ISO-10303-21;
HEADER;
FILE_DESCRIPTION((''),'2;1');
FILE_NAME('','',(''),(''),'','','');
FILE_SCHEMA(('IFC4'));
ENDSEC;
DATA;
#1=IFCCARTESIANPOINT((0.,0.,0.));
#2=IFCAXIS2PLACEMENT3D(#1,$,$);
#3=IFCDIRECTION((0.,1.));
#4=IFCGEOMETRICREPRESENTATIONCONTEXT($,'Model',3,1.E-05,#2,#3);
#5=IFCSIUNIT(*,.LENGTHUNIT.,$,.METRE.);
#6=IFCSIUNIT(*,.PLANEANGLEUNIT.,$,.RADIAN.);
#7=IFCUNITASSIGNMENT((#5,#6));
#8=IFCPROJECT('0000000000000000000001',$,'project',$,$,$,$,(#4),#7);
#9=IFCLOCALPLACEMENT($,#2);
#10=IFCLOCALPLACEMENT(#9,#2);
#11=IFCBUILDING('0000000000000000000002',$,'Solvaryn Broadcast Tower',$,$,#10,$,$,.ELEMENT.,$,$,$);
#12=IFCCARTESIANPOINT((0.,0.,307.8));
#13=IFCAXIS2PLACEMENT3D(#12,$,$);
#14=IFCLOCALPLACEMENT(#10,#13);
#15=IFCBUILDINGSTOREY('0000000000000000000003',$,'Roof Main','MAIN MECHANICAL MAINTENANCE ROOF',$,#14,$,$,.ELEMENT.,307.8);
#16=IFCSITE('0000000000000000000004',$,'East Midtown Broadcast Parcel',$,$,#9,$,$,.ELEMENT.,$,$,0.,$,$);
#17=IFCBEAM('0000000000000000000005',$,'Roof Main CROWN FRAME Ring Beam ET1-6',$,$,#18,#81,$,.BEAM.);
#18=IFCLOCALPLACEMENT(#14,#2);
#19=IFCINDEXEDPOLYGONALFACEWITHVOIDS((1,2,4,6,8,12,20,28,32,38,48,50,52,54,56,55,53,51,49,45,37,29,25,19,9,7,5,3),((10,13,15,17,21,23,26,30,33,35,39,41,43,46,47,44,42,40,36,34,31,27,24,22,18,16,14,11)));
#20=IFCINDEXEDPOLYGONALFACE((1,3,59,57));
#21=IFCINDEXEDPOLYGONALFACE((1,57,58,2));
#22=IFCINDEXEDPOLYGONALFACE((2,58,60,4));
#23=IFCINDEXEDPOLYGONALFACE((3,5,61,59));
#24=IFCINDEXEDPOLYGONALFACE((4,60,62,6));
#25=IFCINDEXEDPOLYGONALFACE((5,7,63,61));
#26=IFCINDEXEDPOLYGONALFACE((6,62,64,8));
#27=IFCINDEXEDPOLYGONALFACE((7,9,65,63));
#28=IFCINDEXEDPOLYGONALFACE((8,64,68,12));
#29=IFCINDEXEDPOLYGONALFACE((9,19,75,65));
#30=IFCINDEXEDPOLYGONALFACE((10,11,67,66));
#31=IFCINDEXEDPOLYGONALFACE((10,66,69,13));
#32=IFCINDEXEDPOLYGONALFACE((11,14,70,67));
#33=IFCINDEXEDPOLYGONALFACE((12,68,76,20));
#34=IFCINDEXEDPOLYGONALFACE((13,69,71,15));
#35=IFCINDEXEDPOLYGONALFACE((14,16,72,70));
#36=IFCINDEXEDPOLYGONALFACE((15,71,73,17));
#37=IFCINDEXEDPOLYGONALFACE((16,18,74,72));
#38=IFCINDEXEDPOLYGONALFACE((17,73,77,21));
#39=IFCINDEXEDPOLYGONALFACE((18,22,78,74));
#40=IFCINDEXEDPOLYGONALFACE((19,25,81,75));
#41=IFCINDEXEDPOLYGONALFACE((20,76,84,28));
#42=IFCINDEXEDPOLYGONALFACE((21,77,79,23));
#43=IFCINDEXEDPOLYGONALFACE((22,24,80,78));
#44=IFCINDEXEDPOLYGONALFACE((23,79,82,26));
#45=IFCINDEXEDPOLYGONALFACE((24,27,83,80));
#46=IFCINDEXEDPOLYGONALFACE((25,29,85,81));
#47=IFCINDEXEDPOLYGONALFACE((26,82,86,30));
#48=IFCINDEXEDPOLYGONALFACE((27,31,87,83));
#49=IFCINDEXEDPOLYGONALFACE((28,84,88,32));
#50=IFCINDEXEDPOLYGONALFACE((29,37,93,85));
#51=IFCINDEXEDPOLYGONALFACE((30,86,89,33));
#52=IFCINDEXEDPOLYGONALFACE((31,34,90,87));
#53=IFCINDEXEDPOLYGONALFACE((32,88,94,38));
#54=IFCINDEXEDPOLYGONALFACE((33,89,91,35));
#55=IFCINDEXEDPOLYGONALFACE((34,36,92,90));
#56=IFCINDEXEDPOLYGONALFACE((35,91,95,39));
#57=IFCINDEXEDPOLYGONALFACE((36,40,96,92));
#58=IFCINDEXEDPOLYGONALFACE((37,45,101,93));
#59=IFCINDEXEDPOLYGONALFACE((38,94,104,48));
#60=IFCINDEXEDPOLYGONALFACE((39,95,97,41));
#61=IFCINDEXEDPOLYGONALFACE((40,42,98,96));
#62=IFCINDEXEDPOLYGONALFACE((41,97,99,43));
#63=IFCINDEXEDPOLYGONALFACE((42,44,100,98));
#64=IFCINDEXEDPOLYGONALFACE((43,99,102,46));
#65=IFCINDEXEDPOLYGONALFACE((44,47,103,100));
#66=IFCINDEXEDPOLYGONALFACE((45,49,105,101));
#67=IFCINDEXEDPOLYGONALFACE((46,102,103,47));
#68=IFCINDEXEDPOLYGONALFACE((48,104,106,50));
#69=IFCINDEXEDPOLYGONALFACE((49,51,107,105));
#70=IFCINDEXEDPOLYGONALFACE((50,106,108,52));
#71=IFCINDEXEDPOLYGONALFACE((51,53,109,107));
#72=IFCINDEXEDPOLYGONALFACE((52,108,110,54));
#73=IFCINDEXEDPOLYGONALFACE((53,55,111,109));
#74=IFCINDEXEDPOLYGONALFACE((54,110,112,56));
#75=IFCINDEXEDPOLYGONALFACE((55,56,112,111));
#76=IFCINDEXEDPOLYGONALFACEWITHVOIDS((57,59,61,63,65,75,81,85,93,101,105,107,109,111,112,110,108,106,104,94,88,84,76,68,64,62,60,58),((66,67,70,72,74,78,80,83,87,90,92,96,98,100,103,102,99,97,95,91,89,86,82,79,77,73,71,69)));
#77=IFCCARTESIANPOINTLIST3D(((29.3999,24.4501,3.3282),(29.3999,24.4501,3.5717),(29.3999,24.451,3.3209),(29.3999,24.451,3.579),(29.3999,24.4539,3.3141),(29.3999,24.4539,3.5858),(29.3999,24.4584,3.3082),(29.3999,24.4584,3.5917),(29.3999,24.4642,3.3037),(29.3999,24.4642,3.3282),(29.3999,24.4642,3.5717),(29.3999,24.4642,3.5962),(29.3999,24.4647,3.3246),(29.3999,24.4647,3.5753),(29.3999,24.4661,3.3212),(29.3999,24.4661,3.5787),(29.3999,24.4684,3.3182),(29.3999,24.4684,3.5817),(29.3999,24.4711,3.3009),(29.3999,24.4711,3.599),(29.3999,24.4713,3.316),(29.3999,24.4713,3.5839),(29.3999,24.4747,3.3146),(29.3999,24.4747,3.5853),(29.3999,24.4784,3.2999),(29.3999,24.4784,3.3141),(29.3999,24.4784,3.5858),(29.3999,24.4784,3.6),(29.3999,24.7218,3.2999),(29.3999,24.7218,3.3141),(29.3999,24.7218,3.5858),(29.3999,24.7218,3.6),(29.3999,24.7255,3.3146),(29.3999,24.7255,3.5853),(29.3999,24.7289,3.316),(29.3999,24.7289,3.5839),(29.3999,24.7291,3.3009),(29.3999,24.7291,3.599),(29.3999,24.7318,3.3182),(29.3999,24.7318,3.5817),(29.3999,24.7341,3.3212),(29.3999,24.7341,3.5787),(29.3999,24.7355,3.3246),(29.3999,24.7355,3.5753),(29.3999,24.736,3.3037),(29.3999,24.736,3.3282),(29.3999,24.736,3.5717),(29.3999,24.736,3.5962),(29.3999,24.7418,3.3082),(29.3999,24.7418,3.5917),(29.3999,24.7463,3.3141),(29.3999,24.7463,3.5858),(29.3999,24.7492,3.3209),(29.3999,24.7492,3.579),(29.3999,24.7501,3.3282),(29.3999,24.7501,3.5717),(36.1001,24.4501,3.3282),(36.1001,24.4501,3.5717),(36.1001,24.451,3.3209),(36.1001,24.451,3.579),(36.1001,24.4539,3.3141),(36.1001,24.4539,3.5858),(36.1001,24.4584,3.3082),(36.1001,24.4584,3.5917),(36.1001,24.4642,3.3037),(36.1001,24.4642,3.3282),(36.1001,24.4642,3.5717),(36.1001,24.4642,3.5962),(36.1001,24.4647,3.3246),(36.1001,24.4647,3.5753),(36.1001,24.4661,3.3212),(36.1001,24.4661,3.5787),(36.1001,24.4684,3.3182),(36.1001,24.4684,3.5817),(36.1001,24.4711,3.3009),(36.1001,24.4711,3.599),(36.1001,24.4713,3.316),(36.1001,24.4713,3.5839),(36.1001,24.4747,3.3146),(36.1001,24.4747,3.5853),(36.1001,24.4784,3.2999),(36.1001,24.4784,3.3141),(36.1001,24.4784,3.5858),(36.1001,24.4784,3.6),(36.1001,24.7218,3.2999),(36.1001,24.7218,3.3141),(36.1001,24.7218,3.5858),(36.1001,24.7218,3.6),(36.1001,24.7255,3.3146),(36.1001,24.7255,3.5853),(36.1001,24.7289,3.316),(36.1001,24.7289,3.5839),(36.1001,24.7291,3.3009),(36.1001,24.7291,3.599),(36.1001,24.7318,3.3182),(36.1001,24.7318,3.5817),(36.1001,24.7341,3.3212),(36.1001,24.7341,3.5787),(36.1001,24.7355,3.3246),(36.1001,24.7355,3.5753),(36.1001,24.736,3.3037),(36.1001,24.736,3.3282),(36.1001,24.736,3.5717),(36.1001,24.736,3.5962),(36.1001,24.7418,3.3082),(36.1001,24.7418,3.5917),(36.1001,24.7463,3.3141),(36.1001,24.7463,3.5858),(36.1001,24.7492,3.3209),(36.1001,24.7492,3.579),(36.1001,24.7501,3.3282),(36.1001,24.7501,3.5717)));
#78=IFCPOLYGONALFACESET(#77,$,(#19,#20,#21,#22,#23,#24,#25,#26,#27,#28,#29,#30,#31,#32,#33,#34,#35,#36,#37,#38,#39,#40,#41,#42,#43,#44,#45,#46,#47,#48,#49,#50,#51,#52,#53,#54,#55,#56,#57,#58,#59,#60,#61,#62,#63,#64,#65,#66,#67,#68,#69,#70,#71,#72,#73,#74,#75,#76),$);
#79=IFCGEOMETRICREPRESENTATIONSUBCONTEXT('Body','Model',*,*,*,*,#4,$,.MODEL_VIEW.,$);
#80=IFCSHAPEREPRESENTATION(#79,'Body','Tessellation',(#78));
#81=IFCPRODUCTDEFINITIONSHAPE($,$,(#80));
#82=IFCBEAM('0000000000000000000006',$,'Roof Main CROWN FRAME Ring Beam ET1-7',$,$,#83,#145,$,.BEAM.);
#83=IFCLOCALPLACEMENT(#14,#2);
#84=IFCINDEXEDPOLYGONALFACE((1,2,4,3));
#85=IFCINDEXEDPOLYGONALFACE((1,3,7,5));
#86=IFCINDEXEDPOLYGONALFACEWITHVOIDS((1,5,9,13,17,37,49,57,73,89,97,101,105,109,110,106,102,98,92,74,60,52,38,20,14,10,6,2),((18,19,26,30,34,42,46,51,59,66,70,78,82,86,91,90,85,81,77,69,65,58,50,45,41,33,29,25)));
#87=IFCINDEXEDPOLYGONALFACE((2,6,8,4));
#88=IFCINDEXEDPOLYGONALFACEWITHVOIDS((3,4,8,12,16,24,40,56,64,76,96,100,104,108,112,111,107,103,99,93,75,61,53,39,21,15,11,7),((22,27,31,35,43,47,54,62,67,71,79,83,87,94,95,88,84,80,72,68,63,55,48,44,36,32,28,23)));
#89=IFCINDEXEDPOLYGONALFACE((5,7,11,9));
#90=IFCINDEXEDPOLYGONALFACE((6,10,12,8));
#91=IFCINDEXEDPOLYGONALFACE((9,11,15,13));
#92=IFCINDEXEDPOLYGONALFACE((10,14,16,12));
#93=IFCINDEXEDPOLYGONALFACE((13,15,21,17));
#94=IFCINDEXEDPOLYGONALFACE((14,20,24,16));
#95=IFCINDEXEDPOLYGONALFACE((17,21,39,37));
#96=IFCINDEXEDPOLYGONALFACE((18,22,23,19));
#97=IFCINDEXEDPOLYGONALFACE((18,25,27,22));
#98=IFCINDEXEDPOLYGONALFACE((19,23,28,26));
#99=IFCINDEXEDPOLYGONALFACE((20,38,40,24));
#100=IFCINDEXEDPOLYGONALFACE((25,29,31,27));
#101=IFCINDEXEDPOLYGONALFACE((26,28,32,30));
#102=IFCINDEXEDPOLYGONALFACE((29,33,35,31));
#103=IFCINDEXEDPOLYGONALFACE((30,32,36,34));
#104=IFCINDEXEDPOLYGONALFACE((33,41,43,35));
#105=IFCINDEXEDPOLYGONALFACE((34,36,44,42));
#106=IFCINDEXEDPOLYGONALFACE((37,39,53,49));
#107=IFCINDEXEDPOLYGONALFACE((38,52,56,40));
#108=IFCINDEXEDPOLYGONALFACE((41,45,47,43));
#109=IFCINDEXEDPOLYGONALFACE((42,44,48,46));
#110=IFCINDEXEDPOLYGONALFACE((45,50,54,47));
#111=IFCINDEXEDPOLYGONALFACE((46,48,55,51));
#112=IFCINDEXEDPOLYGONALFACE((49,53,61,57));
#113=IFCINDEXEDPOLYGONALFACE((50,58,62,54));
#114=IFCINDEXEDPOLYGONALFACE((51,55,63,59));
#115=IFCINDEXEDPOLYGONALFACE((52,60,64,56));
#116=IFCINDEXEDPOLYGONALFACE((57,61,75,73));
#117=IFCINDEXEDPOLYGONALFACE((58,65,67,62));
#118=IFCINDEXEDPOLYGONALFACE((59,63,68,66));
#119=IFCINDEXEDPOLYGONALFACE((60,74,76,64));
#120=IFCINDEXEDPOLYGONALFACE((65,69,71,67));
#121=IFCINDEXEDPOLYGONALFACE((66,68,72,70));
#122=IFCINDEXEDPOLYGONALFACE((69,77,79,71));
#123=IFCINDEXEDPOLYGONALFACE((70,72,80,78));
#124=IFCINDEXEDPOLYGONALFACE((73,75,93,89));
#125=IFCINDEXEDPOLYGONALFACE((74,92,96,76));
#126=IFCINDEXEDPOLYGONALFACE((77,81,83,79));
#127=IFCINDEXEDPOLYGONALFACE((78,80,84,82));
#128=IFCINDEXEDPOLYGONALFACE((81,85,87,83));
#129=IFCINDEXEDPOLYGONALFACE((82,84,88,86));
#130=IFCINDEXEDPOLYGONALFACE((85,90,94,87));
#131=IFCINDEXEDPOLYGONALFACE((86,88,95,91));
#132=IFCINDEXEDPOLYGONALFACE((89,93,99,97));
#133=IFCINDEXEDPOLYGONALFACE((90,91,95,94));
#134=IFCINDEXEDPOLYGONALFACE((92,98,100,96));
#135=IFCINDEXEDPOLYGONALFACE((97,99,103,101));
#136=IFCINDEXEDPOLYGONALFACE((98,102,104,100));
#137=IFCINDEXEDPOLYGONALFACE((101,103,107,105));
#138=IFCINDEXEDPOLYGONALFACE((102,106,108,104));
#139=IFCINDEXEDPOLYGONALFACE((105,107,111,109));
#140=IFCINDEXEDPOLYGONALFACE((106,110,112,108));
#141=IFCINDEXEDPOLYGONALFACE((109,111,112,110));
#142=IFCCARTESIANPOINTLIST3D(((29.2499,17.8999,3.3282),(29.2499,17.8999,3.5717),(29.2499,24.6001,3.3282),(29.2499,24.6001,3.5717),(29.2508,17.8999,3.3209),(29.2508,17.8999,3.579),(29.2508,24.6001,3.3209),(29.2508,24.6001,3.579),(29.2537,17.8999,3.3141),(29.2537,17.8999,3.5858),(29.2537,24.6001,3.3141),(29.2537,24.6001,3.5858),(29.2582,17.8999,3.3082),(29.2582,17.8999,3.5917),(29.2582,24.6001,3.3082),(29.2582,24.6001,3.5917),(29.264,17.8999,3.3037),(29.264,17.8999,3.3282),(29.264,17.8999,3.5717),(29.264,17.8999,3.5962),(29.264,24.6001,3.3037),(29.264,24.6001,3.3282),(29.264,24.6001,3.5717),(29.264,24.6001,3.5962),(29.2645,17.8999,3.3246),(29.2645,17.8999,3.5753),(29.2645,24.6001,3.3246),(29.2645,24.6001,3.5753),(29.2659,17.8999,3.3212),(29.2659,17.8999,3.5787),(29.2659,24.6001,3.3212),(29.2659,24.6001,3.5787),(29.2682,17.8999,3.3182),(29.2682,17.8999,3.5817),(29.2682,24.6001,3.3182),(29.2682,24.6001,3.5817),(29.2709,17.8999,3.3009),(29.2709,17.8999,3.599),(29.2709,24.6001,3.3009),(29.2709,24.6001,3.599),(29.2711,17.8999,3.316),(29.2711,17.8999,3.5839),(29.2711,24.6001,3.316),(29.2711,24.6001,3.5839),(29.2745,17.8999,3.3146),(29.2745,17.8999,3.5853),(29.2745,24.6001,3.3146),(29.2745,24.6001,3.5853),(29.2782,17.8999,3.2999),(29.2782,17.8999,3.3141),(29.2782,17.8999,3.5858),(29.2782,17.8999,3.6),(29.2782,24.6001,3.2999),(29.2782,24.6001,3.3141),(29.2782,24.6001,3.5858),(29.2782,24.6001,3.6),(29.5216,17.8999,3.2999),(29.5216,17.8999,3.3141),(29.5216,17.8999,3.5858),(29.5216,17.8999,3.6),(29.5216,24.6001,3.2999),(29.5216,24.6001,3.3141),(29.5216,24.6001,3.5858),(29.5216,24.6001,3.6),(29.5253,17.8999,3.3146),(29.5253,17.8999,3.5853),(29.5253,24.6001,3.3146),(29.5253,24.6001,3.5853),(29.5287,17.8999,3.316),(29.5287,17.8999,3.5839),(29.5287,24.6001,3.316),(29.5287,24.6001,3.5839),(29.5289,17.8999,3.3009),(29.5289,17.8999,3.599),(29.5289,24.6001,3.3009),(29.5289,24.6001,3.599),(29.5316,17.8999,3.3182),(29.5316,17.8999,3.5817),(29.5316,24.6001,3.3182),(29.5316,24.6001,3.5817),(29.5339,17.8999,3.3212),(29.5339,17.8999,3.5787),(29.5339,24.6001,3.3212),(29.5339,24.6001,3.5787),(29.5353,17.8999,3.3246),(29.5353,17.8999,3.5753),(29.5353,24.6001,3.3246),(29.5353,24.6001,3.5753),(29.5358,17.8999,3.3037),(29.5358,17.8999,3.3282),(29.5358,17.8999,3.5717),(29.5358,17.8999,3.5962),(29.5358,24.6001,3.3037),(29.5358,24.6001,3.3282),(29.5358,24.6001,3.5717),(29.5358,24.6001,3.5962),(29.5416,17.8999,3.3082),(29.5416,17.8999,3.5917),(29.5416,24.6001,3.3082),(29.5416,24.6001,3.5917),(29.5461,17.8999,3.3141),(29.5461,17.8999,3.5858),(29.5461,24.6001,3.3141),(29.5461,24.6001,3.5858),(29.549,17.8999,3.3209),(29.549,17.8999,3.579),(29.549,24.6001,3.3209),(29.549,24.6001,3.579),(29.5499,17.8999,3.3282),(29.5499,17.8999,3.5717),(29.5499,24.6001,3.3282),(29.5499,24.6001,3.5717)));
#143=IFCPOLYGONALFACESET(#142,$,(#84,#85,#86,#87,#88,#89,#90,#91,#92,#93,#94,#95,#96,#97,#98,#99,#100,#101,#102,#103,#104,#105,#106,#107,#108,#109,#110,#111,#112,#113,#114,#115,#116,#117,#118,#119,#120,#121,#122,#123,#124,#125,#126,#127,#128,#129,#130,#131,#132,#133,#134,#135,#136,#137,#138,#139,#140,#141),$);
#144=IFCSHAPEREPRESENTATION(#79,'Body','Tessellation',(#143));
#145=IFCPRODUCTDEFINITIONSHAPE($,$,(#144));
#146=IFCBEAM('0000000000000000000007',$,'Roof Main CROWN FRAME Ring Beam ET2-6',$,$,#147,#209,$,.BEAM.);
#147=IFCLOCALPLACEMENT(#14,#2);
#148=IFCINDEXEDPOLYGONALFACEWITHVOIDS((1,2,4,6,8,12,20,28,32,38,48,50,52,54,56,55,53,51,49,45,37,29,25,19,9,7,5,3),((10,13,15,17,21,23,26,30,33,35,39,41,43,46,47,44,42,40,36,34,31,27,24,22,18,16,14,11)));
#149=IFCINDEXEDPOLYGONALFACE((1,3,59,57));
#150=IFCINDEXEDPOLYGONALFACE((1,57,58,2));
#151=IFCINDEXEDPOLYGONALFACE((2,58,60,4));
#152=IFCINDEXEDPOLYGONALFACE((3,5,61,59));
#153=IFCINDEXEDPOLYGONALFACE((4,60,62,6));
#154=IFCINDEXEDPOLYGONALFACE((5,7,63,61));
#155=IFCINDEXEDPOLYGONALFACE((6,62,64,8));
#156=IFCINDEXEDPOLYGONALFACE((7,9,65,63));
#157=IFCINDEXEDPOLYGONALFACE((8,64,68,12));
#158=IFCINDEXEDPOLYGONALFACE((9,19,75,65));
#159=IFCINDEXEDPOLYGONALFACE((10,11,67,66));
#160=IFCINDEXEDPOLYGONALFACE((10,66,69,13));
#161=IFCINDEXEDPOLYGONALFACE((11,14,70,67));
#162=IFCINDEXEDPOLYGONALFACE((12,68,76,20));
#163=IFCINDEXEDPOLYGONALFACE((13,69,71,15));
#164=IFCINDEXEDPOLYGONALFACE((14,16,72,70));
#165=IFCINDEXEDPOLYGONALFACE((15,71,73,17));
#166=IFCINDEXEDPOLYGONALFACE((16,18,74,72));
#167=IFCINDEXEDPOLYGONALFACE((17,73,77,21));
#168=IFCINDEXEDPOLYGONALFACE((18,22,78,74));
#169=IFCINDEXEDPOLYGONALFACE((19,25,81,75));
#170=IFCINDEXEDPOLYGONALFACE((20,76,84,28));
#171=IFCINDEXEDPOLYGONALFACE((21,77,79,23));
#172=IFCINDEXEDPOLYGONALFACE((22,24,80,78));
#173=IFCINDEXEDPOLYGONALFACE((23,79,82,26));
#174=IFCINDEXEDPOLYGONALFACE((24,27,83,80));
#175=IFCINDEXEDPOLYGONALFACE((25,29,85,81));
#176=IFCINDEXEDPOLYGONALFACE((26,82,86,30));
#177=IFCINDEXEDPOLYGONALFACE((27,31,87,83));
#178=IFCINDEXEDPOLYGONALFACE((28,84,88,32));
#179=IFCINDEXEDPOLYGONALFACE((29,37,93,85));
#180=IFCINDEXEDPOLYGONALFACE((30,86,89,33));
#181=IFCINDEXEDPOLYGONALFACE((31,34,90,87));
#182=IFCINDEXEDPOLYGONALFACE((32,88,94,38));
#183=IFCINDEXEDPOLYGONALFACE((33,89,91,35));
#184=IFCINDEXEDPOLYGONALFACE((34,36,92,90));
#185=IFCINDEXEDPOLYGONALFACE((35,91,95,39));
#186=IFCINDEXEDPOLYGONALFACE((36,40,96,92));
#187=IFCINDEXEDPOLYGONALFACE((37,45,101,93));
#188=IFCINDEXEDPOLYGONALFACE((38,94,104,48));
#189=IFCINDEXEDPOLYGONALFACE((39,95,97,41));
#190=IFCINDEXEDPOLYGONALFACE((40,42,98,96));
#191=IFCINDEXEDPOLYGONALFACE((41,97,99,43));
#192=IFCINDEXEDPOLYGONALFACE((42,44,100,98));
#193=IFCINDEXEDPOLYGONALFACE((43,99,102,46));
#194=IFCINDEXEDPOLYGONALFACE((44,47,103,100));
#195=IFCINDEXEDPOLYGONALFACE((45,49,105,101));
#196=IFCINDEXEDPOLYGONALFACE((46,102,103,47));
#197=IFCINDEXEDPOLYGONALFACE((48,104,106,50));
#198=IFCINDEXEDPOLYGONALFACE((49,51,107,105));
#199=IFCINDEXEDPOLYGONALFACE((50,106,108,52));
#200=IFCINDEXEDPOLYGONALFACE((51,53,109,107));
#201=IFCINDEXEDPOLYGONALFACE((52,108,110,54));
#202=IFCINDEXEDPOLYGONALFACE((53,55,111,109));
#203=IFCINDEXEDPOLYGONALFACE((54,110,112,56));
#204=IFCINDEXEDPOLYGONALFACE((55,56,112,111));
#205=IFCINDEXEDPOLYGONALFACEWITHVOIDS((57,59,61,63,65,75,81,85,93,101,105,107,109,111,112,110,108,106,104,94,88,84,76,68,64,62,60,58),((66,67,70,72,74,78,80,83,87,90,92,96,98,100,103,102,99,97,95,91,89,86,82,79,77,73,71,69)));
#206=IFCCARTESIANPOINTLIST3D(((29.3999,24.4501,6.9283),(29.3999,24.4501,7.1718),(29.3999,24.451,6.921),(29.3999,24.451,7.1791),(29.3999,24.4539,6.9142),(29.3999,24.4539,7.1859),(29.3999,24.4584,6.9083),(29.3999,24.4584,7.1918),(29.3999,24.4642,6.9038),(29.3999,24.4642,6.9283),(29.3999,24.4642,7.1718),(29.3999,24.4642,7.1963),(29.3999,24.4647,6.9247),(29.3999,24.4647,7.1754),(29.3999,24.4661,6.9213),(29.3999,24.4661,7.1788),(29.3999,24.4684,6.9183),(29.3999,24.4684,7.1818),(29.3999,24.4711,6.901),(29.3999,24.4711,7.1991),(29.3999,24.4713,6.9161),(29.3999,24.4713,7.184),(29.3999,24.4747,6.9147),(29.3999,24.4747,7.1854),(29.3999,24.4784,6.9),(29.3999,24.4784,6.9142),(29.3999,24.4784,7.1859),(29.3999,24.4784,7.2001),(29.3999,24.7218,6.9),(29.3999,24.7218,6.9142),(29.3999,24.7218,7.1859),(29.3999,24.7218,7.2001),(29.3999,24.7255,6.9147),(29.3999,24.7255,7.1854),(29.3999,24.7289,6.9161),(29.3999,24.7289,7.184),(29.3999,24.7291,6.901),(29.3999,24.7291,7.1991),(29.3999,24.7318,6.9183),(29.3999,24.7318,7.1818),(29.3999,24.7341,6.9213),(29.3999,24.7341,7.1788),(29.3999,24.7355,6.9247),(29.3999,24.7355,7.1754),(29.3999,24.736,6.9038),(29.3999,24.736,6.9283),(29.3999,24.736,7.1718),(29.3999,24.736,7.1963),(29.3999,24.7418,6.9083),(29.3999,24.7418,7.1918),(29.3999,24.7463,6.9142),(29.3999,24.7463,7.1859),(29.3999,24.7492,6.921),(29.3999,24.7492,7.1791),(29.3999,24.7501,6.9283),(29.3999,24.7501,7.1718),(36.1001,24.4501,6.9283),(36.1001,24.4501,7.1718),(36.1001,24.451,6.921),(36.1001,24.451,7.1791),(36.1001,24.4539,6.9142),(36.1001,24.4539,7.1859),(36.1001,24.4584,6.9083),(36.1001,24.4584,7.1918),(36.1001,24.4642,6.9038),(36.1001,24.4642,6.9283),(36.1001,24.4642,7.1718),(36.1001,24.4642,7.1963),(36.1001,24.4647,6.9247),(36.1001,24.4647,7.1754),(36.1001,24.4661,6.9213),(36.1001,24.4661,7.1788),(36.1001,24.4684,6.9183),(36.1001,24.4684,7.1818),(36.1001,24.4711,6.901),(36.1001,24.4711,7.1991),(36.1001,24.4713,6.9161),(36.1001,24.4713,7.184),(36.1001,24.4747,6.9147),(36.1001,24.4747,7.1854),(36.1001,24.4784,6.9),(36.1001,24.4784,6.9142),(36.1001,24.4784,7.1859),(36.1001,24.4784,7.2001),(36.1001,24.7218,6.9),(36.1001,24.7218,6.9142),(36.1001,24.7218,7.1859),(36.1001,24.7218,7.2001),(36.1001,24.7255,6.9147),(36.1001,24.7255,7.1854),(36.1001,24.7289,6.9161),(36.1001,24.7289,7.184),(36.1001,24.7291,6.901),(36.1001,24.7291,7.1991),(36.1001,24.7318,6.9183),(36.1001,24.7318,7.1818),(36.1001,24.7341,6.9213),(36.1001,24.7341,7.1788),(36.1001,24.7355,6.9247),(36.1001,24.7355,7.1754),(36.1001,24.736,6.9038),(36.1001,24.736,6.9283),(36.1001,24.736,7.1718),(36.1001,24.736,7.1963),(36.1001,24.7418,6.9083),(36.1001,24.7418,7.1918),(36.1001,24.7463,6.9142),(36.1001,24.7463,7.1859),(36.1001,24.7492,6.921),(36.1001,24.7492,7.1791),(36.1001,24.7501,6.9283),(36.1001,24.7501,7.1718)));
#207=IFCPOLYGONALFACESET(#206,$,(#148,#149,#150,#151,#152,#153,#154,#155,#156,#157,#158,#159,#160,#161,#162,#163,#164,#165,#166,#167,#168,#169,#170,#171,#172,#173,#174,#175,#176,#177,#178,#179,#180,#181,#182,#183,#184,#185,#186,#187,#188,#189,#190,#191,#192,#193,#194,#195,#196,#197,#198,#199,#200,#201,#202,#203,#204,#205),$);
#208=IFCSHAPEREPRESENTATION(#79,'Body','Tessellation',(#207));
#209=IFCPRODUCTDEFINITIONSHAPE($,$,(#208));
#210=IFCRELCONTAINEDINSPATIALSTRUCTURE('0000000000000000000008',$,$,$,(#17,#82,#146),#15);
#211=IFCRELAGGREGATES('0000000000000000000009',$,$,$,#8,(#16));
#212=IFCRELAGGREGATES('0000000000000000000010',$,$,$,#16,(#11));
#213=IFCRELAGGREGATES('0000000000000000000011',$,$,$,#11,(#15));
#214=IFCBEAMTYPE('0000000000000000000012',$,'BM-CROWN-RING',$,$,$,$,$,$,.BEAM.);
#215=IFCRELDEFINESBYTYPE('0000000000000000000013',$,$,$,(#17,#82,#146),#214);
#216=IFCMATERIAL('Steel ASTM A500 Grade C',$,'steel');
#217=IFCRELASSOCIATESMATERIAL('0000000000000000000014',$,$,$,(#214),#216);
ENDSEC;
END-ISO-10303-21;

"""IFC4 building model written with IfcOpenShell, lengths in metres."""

from ifc_helpers import new_model, si_unit, direction, frame, origin, origin_2d, place, context, subcontext, project, spatial, hollow_rectangle, extrude, material, material_profile, profile_set, type_object, element, save


model = new_model("IFC4")

# Units and contexts
model_context = context("Model", 3, precision=1e-05, world=origin(), true_north=direction((0.0, 1.0)))
body_context = subcontext(model_context, "Body", "Model", "MODEL_VIEW")
ifc_project = project(units=[si_unit("LENGTHUNIT", "METRE"), si_unit("PLANEANGLEUNIT", "RADIAN")], contexts=[model_context])

# Site, building, storey
site_placement = place(None, origin())
site = spatial("IfcSite", under=ifc_project, at=site_placement, Name="East Midtown Broadcast Parcel", CompositionType="ELEMENT", RefElevation=0.0)
building_placement = place(site_placement, origin())
building = spatial("IfcBuilding", under=site, at=building_placement, Name="Solvaryn Broadcast Tower", CompositionType="ELEMENT")
storey_placement = place(building_placement, frame((0.0, 0.0, 307.8)))
storey = spatial("IfcBuildingStorey", under=building, at=storey_placement, Name="Roof Main", Description="MAIN MECHANICAL MAINTENANCE ROOF", CompositionType="ELEMENT", Elevation=307.8)

# Beams
ifc_material_1 = material(Name="Steel ASTM A500 Grade C", Category="steel")
ifc_material_profile_1 = material_profile(ifc_material_1, hollow_rectangle(XDim=0.3, YDim=0.3, WallThickness=0.0142, InnerFilletRadius=0.0142, OuterFilletRadius=0.0283, at=origin_2d()))
ifc_profile_set_1 = profile_set([ifc_material_profile_1], Name="Steel ASTM A500 Grade C")
beam_type_1 = type_object("IfcBeamType", Name="BM-CROWN-RING", PredefinedType="BEAM", material=ifc_profile_set_1)
for number, where, z_axis, x_axis, name in (
    (1, (36.1001, 24.6001, 3.45), (-1.0, 0.0, 0.0), (0.0, -1.0, 0.0), "Roof Main CROWN FRAME Ring Beam ET1-6"),
    (2, (29.3999, 24.6001, 3.45), (0.0, -1.0, 0.0), (1.0, 0.0, 0.0), "Roof Main CROWN FRAME Ring Beam ET1-7"),
    (3, (36.1001, 24.6001, 7.05), (-1.0, 0.0, 0.0), (0.0, -1.0, 0.0), "Roof Main CROWN FRAME Ring Beam ET2-6"),
):
    element("IfcBeam", number, at=place(storey_placement, frame(where, z_axis=z_axis, x_axis=x_axis)), inside=storey, type_object=beam_type_1, Name=name, PredefinedType="BEAM", context=body_context, shape_type="SweptSolid", body=[
        extrude(hollow_rectangle(XDim=0.3, YDim=0.3, WallThickness=0.0142, InnerFilletRadius=0.0142, OuterFilletRadius=0.0283, at=origin_2d()), origin(), (0.0, 0.0, 1.0), 6.7002),
    ])

save(model, "model.ifc")
